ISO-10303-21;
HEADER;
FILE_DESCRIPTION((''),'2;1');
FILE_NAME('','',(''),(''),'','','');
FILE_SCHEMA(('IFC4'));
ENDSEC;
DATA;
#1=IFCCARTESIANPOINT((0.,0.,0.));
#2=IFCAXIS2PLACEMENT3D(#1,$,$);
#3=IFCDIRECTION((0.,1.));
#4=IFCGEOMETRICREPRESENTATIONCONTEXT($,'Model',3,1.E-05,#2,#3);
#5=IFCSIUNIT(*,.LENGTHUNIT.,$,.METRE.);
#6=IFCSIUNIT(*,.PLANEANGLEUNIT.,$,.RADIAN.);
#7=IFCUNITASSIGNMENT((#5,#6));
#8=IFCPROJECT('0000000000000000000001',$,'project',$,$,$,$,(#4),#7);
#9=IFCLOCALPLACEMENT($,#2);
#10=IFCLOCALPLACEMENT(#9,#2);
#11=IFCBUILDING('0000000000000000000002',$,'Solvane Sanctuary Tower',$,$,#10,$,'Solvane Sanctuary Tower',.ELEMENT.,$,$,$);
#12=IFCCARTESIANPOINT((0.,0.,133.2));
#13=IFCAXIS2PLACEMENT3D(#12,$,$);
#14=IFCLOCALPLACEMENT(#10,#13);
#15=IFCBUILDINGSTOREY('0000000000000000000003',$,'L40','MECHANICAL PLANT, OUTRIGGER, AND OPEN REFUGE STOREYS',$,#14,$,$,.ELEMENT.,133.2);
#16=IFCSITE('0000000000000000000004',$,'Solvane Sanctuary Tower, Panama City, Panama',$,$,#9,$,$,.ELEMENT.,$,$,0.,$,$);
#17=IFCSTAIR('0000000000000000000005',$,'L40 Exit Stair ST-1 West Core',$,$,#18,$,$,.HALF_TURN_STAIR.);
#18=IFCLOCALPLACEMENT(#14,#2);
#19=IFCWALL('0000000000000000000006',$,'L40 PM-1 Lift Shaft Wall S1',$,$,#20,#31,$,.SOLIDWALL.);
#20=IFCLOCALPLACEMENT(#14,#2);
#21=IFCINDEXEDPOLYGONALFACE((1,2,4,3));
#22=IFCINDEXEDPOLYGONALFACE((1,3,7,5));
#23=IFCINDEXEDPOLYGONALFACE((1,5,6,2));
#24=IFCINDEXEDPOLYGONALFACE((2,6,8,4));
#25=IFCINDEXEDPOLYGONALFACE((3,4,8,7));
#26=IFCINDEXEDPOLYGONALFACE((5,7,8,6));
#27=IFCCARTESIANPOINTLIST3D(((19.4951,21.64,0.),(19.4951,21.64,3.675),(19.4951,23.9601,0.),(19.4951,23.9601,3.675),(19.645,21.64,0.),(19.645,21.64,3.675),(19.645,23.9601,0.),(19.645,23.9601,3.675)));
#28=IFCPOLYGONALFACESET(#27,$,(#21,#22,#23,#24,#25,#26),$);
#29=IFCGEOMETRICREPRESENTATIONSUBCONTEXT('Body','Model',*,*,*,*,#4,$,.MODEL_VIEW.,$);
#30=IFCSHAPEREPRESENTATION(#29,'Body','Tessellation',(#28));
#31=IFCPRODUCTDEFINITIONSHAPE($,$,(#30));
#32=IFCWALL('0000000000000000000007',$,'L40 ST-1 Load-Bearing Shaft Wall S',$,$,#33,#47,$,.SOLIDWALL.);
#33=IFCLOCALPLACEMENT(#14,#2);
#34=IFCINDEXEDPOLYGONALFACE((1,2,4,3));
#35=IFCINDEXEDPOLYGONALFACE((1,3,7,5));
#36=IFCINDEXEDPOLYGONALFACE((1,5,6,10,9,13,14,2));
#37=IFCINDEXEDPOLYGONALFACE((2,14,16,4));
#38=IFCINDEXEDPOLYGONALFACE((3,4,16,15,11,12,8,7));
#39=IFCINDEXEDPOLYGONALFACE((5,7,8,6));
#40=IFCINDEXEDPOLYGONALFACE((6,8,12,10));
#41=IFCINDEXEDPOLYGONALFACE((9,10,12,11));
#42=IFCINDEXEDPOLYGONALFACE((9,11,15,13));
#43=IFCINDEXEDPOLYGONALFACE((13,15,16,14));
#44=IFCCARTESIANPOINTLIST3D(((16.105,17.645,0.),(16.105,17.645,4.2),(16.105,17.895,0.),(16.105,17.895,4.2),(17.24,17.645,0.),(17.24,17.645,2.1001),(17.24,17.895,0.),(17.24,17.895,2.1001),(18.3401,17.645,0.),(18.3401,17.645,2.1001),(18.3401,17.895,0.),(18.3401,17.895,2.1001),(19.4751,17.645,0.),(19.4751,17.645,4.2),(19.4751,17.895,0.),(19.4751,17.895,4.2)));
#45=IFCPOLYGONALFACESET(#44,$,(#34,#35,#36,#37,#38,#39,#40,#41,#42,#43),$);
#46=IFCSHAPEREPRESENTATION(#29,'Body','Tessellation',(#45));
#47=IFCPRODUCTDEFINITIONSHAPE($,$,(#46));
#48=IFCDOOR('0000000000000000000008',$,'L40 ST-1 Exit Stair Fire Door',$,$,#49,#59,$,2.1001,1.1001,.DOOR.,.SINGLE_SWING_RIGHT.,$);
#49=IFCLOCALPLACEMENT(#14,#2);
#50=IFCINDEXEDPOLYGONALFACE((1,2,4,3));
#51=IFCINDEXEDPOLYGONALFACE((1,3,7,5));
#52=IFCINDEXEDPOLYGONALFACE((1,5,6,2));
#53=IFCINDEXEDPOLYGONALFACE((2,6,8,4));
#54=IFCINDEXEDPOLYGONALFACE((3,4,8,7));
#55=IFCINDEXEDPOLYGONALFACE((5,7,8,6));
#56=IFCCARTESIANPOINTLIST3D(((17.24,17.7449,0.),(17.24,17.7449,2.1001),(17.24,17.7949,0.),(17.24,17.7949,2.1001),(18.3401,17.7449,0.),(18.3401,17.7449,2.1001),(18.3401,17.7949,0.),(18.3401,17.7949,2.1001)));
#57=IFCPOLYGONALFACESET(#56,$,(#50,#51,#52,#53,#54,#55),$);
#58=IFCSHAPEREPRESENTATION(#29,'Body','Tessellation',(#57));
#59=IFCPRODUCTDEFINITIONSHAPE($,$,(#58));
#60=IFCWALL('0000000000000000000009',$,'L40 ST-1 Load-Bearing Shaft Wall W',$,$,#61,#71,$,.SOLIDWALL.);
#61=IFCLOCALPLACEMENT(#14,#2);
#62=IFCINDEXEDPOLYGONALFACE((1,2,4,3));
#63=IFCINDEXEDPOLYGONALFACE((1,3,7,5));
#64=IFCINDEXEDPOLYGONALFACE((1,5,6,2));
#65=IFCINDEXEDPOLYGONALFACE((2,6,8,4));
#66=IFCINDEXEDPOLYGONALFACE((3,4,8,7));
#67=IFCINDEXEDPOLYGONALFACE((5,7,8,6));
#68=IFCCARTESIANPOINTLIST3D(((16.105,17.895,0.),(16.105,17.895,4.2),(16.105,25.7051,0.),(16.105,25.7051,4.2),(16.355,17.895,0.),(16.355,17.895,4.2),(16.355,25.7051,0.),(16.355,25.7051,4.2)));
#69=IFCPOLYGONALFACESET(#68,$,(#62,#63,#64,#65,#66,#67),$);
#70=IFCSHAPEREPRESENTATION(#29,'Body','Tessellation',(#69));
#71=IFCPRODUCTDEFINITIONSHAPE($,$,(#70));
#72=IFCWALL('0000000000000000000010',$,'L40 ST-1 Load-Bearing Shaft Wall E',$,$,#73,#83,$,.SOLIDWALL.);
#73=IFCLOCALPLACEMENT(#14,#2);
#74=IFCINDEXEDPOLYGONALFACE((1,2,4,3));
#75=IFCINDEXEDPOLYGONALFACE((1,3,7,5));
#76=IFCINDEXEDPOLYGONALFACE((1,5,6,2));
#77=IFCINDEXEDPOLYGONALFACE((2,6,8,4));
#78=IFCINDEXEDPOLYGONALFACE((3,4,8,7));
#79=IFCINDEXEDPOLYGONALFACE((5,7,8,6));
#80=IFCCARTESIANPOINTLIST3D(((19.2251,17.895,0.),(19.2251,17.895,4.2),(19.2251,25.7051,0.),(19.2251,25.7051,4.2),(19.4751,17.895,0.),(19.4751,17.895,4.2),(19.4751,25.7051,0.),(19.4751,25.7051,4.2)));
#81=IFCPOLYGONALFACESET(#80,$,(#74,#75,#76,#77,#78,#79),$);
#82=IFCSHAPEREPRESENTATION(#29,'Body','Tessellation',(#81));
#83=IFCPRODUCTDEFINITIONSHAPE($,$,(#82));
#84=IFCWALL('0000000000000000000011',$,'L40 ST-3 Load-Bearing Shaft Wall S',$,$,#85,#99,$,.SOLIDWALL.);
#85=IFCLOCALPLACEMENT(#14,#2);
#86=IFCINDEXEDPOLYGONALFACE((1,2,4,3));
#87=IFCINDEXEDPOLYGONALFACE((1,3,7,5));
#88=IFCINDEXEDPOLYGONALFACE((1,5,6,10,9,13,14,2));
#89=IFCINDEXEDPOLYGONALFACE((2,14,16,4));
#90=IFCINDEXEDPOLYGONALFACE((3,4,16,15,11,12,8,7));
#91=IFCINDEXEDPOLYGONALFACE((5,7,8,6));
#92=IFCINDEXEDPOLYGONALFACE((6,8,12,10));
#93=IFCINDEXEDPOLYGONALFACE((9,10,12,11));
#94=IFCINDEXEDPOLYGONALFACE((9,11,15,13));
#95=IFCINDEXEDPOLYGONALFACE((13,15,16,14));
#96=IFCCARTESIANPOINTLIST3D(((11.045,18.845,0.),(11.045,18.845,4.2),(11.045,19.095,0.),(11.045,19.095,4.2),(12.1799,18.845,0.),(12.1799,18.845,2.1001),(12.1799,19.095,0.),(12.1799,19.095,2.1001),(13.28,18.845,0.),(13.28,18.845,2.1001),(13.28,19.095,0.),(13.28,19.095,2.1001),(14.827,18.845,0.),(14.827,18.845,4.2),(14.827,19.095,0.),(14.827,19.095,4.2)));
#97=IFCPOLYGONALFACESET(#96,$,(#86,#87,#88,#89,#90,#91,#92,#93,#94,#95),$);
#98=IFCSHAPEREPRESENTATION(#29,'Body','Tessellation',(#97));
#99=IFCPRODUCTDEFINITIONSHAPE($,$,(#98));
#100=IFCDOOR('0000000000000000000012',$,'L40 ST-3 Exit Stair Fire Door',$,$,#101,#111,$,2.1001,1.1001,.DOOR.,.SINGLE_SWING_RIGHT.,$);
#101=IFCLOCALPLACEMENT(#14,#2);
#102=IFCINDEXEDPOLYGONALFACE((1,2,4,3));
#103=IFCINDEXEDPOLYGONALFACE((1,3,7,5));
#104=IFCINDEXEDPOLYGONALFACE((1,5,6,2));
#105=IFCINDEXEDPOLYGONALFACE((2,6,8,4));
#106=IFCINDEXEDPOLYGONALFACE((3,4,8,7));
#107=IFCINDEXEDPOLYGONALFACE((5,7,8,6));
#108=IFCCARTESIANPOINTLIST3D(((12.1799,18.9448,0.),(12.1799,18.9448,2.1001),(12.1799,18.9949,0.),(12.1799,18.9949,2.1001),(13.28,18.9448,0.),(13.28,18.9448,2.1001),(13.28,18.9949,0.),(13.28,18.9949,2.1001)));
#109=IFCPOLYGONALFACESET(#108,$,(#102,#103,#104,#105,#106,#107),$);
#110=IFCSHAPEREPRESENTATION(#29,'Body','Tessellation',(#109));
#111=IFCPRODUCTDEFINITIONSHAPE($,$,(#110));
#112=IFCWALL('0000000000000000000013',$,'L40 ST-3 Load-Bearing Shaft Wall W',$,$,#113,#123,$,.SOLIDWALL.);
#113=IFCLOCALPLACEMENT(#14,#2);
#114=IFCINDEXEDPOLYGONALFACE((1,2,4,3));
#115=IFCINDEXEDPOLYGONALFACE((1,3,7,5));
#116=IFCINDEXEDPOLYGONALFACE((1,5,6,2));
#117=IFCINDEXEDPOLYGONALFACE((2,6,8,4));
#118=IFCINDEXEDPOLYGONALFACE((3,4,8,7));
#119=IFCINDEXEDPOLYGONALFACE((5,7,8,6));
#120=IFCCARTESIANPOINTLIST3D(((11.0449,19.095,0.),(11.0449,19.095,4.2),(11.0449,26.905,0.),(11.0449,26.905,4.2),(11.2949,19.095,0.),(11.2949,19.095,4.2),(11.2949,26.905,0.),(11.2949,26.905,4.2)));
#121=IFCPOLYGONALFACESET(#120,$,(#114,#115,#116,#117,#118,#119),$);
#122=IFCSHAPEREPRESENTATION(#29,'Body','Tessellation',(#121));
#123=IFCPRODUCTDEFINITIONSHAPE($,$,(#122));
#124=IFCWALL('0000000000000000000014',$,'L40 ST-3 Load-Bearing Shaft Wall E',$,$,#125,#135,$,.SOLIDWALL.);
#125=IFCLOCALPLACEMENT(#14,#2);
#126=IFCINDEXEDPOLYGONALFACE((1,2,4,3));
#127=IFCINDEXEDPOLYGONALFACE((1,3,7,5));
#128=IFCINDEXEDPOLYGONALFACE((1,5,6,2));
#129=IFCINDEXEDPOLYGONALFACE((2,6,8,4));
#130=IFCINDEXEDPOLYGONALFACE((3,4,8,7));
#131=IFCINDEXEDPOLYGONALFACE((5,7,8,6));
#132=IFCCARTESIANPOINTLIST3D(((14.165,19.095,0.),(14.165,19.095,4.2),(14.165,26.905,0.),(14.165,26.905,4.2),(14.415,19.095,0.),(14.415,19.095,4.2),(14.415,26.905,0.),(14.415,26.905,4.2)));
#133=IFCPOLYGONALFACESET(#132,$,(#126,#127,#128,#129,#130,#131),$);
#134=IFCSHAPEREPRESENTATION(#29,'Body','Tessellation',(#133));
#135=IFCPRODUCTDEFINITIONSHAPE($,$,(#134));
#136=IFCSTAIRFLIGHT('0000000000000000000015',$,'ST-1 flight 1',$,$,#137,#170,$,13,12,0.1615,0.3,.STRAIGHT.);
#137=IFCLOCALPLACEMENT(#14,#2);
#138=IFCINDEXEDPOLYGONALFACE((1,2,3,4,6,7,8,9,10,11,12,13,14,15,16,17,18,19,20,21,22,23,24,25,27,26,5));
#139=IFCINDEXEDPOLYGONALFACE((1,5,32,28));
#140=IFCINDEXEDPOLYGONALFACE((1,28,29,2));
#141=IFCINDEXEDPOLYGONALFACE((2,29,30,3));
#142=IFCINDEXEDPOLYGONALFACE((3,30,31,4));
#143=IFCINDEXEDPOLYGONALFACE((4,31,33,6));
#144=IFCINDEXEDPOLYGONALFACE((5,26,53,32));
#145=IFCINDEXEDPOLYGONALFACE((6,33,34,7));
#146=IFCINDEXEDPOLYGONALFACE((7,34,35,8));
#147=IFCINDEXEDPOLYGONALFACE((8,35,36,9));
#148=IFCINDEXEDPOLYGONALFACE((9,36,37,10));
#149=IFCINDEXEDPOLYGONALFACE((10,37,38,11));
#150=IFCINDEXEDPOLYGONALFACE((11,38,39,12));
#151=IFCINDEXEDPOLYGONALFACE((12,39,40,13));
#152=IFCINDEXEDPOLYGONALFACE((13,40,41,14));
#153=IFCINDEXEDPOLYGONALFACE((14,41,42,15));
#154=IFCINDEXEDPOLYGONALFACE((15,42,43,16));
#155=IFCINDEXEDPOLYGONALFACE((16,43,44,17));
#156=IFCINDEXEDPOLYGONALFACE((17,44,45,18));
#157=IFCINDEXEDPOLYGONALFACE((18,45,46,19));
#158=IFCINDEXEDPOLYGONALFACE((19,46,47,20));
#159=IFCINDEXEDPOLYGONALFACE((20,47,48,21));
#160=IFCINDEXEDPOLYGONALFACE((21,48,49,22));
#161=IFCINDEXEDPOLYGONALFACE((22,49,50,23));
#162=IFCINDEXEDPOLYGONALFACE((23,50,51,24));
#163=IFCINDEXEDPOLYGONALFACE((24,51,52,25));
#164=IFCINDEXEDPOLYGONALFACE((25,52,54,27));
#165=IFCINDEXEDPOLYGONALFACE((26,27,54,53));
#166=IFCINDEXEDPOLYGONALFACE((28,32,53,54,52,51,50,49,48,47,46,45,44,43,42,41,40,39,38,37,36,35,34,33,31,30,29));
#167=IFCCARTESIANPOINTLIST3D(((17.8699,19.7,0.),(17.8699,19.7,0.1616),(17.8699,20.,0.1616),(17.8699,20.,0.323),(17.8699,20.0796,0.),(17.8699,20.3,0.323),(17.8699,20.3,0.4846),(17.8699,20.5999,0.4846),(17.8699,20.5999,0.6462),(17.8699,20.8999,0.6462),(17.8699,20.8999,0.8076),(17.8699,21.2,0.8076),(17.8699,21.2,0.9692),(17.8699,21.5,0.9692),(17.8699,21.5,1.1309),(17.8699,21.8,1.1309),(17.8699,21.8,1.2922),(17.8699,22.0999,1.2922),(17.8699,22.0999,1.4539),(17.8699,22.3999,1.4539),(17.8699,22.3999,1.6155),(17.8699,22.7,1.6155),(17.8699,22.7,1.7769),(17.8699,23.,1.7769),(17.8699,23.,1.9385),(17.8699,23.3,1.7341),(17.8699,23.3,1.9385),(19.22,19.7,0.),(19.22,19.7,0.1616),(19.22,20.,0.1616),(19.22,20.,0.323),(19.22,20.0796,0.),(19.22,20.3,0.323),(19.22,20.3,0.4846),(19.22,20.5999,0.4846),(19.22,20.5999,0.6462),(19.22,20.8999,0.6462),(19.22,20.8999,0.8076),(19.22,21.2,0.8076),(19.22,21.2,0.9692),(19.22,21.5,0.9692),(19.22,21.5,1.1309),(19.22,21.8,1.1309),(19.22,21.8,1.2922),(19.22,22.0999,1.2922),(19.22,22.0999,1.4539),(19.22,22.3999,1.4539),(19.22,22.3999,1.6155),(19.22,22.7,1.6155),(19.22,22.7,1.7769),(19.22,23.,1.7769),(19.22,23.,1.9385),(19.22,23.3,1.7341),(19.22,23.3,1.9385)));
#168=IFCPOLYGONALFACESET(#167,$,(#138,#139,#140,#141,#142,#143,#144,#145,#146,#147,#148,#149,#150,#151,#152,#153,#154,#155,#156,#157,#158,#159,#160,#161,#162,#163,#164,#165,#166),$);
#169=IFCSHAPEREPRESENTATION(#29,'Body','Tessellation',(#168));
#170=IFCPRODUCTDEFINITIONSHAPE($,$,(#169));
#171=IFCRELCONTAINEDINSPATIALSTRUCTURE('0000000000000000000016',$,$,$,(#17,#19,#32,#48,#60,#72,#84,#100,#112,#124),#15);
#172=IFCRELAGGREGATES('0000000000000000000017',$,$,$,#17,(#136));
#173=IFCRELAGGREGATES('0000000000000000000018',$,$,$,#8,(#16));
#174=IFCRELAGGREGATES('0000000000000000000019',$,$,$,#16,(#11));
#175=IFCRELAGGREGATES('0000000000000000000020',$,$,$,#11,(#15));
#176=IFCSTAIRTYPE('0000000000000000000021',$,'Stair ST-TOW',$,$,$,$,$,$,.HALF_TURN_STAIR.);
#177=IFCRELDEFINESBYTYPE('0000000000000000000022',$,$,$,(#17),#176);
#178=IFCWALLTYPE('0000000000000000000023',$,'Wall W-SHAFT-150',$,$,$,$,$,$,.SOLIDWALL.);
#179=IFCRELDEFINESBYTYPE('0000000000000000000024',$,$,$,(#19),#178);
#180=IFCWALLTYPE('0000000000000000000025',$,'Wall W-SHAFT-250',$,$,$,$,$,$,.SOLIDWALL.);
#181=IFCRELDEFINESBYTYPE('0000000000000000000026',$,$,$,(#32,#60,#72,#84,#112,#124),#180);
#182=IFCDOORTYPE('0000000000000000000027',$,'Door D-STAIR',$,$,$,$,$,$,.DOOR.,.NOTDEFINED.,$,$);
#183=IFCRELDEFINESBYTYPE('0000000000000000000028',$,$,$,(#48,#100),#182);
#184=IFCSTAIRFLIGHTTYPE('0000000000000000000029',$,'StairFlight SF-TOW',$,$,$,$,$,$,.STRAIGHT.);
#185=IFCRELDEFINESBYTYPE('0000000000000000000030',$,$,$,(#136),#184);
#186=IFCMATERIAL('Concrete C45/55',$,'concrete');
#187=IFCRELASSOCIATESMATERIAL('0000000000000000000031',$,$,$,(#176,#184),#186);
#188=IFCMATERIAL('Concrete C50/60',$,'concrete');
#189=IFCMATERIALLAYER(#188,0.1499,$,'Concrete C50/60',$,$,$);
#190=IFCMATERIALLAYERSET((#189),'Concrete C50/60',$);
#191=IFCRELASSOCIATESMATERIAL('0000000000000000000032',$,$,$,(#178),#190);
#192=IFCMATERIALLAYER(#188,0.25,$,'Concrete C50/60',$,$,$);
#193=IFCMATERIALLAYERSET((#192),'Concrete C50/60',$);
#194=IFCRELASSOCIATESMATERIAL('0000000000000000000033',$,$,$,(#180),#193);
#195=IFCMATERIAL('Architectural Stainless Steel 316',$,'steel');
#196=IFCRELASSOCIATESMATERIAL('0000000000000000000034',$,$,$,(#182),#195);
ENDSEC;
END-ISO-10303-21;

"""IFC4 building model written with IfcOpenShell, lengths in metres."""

from ifc_helpers import new_model, si_unit, direction, frame, frame_2d, origin, place, context, subcontext, project, spatial, polyline, rectangle, outline, extrude, material, layer, layer_set, type_object, element, fill, aggregate, save


model = new_model("IFC4")

# Units and contexts
model_context = context("Model", 3, precision=1e-05, world=origin(), true_north=direction((0.0, 1.0)))
body_context = subcontext(model_context, "Body", "Model", "MODEL_VIEW")
ifc_project = project(units=[si_unit("LENGTHUNIT", "METRE"), si_unit("PLANEANGLEUNIT", "RADIAN")], contexts=[model_context])

# Site, building, storey
site_placement = place(None, origin())
site = spatial("IfcSite", under=ifc_project, at=site_placement, Name="Solvane Sanctuary Tower, Panama City, Panama", CompositionType="ELEMENT", RefElevation=0.0)
building_placement = place(site_placement, origin())
building = spatial("IfcBuilding", under=site, at=building_placement, Name="Solvane Sanctuary Tower", LongName="Solvane Sanctuary Tower", CompositionType="ELEMENT")
storey_placement = place(building_placement, frame((0.0, 0.0, 133.2)))
storey = spatial("IfcBuildingStorey", under=building, at=storey_placement, Name="L40", Description="MECHANICAL PLANT, OUTRIGGER, AND OPEN REFUGE STOREYS", CompositionType="ELEMENT", Elevation=133.2)

# Stair
ifc_material_1 = material(Name="Concrete C45/55", Category="concrete")
stair_type = type_object("IfcStairType", Name="Stair ST-TOW", PredefinedType="HALF_TURN_STAIR", material=ifc_material_1)
stair_1_placement = place(storey_placement, origin())
stair_1 = element("IfcStair", 1, at=stair_1_placement, inside=storey, type_object=stair_type, Name="L40 Exit Stair ST-1 West Core", PredefinedType="HALF_TURN_STAIR")

# Shared definitions
ifc_material_2 = material(Name="Architectural Stainless Steel 316", Category="steel")

# Wall
ifc_material_3 = material(Name="Concrete C50/60", Category="concrete")
ifc_layer_1 = layer(ifc_material_3, 0.1499, Name="Concrete C50/60")
ifc_layer_set_1 = layer_set([ifc_layer_1], Name="Concrete C50/60")
wall_type_1 = type_object("IfcWallType", Name="Wall W-SHAFT-150", PredefinedType="SOLIDWALL", material=ifc_layer_set_1)
wall_1_placement = place(storey_placement, frame((19.5701, 21.6399, 0.0), z_axis=(0.0, 0.0, 1.0), x_axis=(0.0, 1.0, 0.0)))
element("IfcWall", 2, at=wall_1_placement, inside=storey, type_object=wall_type_1, Name="L40 PM-1 Lift Shaft Wall S1", PredefinedType="SOLIDWALL", context=body_context, shape_type="SweptSolid", body=[
    extrude(rectangle(XDim=2.3201, YDim=0.1499, at=frame_2d((1.1602, 0.0))), origin(), (0.0, 0.0, 1.0), 3.675),
])

# Wall, opening, door
ifc_layer_2 = layer(ifc_material_3, 0.25, Name="Concrete C50/60")
ifc_layer_set_2 = layer_set([ifc_layer_2], Name="Concrete C50/60")
wall_type_2 = type_object("IfcWallType", Name="Wall W-SHAFT-250", PredefinedType="SOLIDWALL", material=ifc_layer_set_2)
wall_2_placement = place(storey_placement, frame((16.105, 17.77, 0.0), z_axis=(0.0, 0.0, 1.0), x_axis=(1.0, 0.0, 0.0)))
wall_2 = element("IfcWall", 3, at=wall_2_placement, inside=storey, type_object=wall_type_2, Name="L40 ST-1 Load-Bearing Shaft Wall S", PredefinedType="SOLIDWALL", context=body_context, shape_type="SweptSolid", body=[
    extrude(rectangle(XDim=3.3701, YDim=0.25, at=frame_2d((1.6851, 0.0))), origin(), (0.0, 0.0, 1.0), 4.2),
])
opening_1_placement = place(wall_2_placement, frame((1.135, 0.0, 0.0)))
opening_1 = element("IfcOpeningElement", 4, at=opening_1_placement, cuts=wall_2, PredefinedType="OPENING", context=body_context, shape_type="SweptSolid", body=[
    extrude(rectangle(XDim=1.1001, YDim=2.1001, at=frame_2d((0.55, 1.05))), frame((0.0, 0.135, 0.0), z_axis=(0.0, -1.0, 0.0), x_axis=(1.0, 0.0, 0.0)), (0.0, 0.0, 1.0), 0.27),
])
door_type_1 = type_object("IfcDoorType", Name="Door D-STAIR", OperationType="NOTDEFINED", PredefinedType="DOOR", material=ifc_material_2)
door_1_placement = place(opening_1_placement, origin())
door_1 = element("IfcDoor", 5, at=door_1_placement, inside=storey, type_object=door_type_1, Name="L40 ST-1 Exit Stair Fire Door", OperationType="SINGLE_SWING_RIGHT", OverallHeight=2.1001, OverallWidth=1.1001, PredefinedType="DOOR", context=body_context, shape_type="SweptSolid", body=[
    extrude(rectangle(XDim=1.1001, YDim=2.1001, at=frame_2d((0.55, 1.05))), frame((0.0, 0.0249, 0.0), z_axis=(0.0, -1.0, 0.0), x_axis=(1.0, 0.0, 0.0)), (0.0, 0.0, 1.0), 0.05),
])
fill(opening_1, door_1)

# Walls
for number, where, z_axis, x_axis, name in (
    (6, (16.23, 17.895, 0.0), (0.0, 0.0, 1.0), (0.0, 1.0, 0.0), "L40 ST-1 Load-Bearing Shaft Wall W"),
    (7, (19.3501, 17.895, 0.0), (0.0, 0.0, 1.0), (0.0, 1.0, 0.0), "L40 ST-1 Load-Bearing Shaft Wall E"),
):
    element("IfcWall", number, at=place(storey_placement, frame(where, z_axis=z_axis, x_axis=x_axis)), inside=storey, type_object=wall_type_2, Name=name, PredefinedType="SOLIDWALL", context=body_context, shape_type="SweptSolid", body=[
        extrude(rectangle(XDim=7.8101, YDim=0.25, at=frame_2d((3.905, 0.0))), origin(), (0.0, 0.0, 1.0), 4.2),
    ])

# Wall, opening, door
wall_3_placement = place(storey_placement, frame((11.0449, 18.97, 0.0), z_axis=(0.0, 0.0, 1.0), x_axis=(1.0, 0.0, 0.0)))
wall_3 = element("IfcWall", 8, at=wall_3_placement, inside=storey, type_object=wall_type_2, Name="L40 ST-3 Load-Bearing Shaft Wall S", PredefinedType="SOLIDWALL", context=body_context, shape_type="SweptSolid", body=[
    extrude(rectangle(XDim=3.782, YDim=0.25, at=frame_2d((1.8911, 0.0))), origin(), (0.0, 0.0, 1.0), 4.2),
])
opening_2_placement = place(wall_3_placement, frame((1.135, 0.0, 0.0)))
opening_2 = element("IfcOpeningElement", 9, at=opening_2_placement, cuts=wall_3, PredefinedType="OPENING", context=body_context, shape_type="SweptSolid", body=[
    extrude(rectangle(XDim=1.1001, YDim=2.1001, at=frame_2d((0.55, 1.05))), frame((0.0, 0.135, 0.0), z_axis=(0.0, -1.0, 0.0), x_axis=(1.0, 0.0, 0.0)), (0.0, 0.0, 1.0), 0.27),
])
door_2_placement = place(opening_2_placement, origin())
door_2 = element("IfcDoor", 10, at=door_2_placement, inside=storey, type_object=door_type_1, Name="L40 ST-3 Exit Stair Fire Door", OperationType="SINGLE_SWING_RIGHT", OverallHeight=2.1001, OverallWidth=1.1001, PredefinedType="DOOR", context=body_context, shape_type="SweptSolid", body=[
    extrude(rectangle(XDim=1.1001, YDim=2.1001, at=frame_2d((0.55, 1.05))), frame((0.0, 0.0249, 0.0), z_axis=(0.0, -1.0, 0.0), x_axis=(1.0, 0.0, 0.0)), (0.0, 0.0, 1.0), 0.05),
])
fill(opening_2, door_2)

# Walls
for number, where, z_axis, x_axis, name in (
    (11, (11.1699, 19.095, 0.0), (0.0, 0.0, 1.0), (0.0, 1.0, 0.0), "L40 ST-3 Load-Bearing Shaft Wall W"),
    (12, (14.29, 19.095, 0.0), (0.0, 0.0, 1.0), (0.0, 1.0, 0.0), "L40 ST-3 Load-Bearing Shaft Wall E"),
):
    element("IfcWall", number, at=place(storey_placement, frame(where, z_axis=z_axis, x_axis=x_axis)), inside=storey, type_object=wall_type_2, Name=name, PredefinedType="SOLIDWALL", context=body_context, shape_type="SweptSolid", body=[
        extrude(rectangle(XDim=7.8101, YDim=0.25, at=frame_2d((3.905, 0.0))), origin(), (0.0, 0.0, 1.0), 4.2),
    ])

# Stair flight
stair_flight_type = type_object("IfcStairFlightType", Name="StairFlight SF-TOW", PredefinedType="STRAIGHT", material=ifc_material_1)
stair_flight_1_placement = place(storey_placement, frame((18.5449, 19.7, 0.0), z_axis=(0.0, 0.0, 1.0), x_axis=(0.0, 1.0, 0.0)))
stair_flight_1 = element("IfcStairFlight", 13, at=stair_flight_1_placement, type_object=stair_flight_type, Name="ST-1 flight 1", NumberOfRisers=13, NumberOfTreads=12, PredefinedType="STRAIGHT", RiserHeight=0.1615, TreadLength=0.3, context=body_context, shape_type="SweptSolid", body=[
    extrude(outline(polyline([(0.0, 0.0), (0.0, 0.1616), (0.3, 0.1616), (0.3, 0.323), (0.6001, 0.323), (0.6001, 0.4846), (0.8999, 0.4846), (0.8999, 0.6462), (1.2, 0.6462), (1.2, 0.8076), (1.5, 0.8076), (1.5, 0.9692), (1.8, 0.9692), (1.8, 1.1309), (2.1001, 1.1309), (2.1001, 1.2922), (2.3999, 1.2922), (2.3999, 1.4539), (2.7, 1.4539), (2.7, 1.6155), (3.0, 1.6155), (3.0, 1.7769), (3.3, 1.7769), (3.3, 1.9385), (3.6001, 1.9385), (3.6001, 2.1001), (3.6001, 1.7341), (0.3796, 0.0), (0.0, 0.0)])), frame((0.0, 0.675, 0.0), z_axis=(0.0, -1.0, 0.0), x_axis=(1.0, 0.0, 0.0)), (0.0, 0.0, 1.0), 1.3501),
])
aggregate(stair_1, [stair_flight_1])

save(model, "model.ifc")
